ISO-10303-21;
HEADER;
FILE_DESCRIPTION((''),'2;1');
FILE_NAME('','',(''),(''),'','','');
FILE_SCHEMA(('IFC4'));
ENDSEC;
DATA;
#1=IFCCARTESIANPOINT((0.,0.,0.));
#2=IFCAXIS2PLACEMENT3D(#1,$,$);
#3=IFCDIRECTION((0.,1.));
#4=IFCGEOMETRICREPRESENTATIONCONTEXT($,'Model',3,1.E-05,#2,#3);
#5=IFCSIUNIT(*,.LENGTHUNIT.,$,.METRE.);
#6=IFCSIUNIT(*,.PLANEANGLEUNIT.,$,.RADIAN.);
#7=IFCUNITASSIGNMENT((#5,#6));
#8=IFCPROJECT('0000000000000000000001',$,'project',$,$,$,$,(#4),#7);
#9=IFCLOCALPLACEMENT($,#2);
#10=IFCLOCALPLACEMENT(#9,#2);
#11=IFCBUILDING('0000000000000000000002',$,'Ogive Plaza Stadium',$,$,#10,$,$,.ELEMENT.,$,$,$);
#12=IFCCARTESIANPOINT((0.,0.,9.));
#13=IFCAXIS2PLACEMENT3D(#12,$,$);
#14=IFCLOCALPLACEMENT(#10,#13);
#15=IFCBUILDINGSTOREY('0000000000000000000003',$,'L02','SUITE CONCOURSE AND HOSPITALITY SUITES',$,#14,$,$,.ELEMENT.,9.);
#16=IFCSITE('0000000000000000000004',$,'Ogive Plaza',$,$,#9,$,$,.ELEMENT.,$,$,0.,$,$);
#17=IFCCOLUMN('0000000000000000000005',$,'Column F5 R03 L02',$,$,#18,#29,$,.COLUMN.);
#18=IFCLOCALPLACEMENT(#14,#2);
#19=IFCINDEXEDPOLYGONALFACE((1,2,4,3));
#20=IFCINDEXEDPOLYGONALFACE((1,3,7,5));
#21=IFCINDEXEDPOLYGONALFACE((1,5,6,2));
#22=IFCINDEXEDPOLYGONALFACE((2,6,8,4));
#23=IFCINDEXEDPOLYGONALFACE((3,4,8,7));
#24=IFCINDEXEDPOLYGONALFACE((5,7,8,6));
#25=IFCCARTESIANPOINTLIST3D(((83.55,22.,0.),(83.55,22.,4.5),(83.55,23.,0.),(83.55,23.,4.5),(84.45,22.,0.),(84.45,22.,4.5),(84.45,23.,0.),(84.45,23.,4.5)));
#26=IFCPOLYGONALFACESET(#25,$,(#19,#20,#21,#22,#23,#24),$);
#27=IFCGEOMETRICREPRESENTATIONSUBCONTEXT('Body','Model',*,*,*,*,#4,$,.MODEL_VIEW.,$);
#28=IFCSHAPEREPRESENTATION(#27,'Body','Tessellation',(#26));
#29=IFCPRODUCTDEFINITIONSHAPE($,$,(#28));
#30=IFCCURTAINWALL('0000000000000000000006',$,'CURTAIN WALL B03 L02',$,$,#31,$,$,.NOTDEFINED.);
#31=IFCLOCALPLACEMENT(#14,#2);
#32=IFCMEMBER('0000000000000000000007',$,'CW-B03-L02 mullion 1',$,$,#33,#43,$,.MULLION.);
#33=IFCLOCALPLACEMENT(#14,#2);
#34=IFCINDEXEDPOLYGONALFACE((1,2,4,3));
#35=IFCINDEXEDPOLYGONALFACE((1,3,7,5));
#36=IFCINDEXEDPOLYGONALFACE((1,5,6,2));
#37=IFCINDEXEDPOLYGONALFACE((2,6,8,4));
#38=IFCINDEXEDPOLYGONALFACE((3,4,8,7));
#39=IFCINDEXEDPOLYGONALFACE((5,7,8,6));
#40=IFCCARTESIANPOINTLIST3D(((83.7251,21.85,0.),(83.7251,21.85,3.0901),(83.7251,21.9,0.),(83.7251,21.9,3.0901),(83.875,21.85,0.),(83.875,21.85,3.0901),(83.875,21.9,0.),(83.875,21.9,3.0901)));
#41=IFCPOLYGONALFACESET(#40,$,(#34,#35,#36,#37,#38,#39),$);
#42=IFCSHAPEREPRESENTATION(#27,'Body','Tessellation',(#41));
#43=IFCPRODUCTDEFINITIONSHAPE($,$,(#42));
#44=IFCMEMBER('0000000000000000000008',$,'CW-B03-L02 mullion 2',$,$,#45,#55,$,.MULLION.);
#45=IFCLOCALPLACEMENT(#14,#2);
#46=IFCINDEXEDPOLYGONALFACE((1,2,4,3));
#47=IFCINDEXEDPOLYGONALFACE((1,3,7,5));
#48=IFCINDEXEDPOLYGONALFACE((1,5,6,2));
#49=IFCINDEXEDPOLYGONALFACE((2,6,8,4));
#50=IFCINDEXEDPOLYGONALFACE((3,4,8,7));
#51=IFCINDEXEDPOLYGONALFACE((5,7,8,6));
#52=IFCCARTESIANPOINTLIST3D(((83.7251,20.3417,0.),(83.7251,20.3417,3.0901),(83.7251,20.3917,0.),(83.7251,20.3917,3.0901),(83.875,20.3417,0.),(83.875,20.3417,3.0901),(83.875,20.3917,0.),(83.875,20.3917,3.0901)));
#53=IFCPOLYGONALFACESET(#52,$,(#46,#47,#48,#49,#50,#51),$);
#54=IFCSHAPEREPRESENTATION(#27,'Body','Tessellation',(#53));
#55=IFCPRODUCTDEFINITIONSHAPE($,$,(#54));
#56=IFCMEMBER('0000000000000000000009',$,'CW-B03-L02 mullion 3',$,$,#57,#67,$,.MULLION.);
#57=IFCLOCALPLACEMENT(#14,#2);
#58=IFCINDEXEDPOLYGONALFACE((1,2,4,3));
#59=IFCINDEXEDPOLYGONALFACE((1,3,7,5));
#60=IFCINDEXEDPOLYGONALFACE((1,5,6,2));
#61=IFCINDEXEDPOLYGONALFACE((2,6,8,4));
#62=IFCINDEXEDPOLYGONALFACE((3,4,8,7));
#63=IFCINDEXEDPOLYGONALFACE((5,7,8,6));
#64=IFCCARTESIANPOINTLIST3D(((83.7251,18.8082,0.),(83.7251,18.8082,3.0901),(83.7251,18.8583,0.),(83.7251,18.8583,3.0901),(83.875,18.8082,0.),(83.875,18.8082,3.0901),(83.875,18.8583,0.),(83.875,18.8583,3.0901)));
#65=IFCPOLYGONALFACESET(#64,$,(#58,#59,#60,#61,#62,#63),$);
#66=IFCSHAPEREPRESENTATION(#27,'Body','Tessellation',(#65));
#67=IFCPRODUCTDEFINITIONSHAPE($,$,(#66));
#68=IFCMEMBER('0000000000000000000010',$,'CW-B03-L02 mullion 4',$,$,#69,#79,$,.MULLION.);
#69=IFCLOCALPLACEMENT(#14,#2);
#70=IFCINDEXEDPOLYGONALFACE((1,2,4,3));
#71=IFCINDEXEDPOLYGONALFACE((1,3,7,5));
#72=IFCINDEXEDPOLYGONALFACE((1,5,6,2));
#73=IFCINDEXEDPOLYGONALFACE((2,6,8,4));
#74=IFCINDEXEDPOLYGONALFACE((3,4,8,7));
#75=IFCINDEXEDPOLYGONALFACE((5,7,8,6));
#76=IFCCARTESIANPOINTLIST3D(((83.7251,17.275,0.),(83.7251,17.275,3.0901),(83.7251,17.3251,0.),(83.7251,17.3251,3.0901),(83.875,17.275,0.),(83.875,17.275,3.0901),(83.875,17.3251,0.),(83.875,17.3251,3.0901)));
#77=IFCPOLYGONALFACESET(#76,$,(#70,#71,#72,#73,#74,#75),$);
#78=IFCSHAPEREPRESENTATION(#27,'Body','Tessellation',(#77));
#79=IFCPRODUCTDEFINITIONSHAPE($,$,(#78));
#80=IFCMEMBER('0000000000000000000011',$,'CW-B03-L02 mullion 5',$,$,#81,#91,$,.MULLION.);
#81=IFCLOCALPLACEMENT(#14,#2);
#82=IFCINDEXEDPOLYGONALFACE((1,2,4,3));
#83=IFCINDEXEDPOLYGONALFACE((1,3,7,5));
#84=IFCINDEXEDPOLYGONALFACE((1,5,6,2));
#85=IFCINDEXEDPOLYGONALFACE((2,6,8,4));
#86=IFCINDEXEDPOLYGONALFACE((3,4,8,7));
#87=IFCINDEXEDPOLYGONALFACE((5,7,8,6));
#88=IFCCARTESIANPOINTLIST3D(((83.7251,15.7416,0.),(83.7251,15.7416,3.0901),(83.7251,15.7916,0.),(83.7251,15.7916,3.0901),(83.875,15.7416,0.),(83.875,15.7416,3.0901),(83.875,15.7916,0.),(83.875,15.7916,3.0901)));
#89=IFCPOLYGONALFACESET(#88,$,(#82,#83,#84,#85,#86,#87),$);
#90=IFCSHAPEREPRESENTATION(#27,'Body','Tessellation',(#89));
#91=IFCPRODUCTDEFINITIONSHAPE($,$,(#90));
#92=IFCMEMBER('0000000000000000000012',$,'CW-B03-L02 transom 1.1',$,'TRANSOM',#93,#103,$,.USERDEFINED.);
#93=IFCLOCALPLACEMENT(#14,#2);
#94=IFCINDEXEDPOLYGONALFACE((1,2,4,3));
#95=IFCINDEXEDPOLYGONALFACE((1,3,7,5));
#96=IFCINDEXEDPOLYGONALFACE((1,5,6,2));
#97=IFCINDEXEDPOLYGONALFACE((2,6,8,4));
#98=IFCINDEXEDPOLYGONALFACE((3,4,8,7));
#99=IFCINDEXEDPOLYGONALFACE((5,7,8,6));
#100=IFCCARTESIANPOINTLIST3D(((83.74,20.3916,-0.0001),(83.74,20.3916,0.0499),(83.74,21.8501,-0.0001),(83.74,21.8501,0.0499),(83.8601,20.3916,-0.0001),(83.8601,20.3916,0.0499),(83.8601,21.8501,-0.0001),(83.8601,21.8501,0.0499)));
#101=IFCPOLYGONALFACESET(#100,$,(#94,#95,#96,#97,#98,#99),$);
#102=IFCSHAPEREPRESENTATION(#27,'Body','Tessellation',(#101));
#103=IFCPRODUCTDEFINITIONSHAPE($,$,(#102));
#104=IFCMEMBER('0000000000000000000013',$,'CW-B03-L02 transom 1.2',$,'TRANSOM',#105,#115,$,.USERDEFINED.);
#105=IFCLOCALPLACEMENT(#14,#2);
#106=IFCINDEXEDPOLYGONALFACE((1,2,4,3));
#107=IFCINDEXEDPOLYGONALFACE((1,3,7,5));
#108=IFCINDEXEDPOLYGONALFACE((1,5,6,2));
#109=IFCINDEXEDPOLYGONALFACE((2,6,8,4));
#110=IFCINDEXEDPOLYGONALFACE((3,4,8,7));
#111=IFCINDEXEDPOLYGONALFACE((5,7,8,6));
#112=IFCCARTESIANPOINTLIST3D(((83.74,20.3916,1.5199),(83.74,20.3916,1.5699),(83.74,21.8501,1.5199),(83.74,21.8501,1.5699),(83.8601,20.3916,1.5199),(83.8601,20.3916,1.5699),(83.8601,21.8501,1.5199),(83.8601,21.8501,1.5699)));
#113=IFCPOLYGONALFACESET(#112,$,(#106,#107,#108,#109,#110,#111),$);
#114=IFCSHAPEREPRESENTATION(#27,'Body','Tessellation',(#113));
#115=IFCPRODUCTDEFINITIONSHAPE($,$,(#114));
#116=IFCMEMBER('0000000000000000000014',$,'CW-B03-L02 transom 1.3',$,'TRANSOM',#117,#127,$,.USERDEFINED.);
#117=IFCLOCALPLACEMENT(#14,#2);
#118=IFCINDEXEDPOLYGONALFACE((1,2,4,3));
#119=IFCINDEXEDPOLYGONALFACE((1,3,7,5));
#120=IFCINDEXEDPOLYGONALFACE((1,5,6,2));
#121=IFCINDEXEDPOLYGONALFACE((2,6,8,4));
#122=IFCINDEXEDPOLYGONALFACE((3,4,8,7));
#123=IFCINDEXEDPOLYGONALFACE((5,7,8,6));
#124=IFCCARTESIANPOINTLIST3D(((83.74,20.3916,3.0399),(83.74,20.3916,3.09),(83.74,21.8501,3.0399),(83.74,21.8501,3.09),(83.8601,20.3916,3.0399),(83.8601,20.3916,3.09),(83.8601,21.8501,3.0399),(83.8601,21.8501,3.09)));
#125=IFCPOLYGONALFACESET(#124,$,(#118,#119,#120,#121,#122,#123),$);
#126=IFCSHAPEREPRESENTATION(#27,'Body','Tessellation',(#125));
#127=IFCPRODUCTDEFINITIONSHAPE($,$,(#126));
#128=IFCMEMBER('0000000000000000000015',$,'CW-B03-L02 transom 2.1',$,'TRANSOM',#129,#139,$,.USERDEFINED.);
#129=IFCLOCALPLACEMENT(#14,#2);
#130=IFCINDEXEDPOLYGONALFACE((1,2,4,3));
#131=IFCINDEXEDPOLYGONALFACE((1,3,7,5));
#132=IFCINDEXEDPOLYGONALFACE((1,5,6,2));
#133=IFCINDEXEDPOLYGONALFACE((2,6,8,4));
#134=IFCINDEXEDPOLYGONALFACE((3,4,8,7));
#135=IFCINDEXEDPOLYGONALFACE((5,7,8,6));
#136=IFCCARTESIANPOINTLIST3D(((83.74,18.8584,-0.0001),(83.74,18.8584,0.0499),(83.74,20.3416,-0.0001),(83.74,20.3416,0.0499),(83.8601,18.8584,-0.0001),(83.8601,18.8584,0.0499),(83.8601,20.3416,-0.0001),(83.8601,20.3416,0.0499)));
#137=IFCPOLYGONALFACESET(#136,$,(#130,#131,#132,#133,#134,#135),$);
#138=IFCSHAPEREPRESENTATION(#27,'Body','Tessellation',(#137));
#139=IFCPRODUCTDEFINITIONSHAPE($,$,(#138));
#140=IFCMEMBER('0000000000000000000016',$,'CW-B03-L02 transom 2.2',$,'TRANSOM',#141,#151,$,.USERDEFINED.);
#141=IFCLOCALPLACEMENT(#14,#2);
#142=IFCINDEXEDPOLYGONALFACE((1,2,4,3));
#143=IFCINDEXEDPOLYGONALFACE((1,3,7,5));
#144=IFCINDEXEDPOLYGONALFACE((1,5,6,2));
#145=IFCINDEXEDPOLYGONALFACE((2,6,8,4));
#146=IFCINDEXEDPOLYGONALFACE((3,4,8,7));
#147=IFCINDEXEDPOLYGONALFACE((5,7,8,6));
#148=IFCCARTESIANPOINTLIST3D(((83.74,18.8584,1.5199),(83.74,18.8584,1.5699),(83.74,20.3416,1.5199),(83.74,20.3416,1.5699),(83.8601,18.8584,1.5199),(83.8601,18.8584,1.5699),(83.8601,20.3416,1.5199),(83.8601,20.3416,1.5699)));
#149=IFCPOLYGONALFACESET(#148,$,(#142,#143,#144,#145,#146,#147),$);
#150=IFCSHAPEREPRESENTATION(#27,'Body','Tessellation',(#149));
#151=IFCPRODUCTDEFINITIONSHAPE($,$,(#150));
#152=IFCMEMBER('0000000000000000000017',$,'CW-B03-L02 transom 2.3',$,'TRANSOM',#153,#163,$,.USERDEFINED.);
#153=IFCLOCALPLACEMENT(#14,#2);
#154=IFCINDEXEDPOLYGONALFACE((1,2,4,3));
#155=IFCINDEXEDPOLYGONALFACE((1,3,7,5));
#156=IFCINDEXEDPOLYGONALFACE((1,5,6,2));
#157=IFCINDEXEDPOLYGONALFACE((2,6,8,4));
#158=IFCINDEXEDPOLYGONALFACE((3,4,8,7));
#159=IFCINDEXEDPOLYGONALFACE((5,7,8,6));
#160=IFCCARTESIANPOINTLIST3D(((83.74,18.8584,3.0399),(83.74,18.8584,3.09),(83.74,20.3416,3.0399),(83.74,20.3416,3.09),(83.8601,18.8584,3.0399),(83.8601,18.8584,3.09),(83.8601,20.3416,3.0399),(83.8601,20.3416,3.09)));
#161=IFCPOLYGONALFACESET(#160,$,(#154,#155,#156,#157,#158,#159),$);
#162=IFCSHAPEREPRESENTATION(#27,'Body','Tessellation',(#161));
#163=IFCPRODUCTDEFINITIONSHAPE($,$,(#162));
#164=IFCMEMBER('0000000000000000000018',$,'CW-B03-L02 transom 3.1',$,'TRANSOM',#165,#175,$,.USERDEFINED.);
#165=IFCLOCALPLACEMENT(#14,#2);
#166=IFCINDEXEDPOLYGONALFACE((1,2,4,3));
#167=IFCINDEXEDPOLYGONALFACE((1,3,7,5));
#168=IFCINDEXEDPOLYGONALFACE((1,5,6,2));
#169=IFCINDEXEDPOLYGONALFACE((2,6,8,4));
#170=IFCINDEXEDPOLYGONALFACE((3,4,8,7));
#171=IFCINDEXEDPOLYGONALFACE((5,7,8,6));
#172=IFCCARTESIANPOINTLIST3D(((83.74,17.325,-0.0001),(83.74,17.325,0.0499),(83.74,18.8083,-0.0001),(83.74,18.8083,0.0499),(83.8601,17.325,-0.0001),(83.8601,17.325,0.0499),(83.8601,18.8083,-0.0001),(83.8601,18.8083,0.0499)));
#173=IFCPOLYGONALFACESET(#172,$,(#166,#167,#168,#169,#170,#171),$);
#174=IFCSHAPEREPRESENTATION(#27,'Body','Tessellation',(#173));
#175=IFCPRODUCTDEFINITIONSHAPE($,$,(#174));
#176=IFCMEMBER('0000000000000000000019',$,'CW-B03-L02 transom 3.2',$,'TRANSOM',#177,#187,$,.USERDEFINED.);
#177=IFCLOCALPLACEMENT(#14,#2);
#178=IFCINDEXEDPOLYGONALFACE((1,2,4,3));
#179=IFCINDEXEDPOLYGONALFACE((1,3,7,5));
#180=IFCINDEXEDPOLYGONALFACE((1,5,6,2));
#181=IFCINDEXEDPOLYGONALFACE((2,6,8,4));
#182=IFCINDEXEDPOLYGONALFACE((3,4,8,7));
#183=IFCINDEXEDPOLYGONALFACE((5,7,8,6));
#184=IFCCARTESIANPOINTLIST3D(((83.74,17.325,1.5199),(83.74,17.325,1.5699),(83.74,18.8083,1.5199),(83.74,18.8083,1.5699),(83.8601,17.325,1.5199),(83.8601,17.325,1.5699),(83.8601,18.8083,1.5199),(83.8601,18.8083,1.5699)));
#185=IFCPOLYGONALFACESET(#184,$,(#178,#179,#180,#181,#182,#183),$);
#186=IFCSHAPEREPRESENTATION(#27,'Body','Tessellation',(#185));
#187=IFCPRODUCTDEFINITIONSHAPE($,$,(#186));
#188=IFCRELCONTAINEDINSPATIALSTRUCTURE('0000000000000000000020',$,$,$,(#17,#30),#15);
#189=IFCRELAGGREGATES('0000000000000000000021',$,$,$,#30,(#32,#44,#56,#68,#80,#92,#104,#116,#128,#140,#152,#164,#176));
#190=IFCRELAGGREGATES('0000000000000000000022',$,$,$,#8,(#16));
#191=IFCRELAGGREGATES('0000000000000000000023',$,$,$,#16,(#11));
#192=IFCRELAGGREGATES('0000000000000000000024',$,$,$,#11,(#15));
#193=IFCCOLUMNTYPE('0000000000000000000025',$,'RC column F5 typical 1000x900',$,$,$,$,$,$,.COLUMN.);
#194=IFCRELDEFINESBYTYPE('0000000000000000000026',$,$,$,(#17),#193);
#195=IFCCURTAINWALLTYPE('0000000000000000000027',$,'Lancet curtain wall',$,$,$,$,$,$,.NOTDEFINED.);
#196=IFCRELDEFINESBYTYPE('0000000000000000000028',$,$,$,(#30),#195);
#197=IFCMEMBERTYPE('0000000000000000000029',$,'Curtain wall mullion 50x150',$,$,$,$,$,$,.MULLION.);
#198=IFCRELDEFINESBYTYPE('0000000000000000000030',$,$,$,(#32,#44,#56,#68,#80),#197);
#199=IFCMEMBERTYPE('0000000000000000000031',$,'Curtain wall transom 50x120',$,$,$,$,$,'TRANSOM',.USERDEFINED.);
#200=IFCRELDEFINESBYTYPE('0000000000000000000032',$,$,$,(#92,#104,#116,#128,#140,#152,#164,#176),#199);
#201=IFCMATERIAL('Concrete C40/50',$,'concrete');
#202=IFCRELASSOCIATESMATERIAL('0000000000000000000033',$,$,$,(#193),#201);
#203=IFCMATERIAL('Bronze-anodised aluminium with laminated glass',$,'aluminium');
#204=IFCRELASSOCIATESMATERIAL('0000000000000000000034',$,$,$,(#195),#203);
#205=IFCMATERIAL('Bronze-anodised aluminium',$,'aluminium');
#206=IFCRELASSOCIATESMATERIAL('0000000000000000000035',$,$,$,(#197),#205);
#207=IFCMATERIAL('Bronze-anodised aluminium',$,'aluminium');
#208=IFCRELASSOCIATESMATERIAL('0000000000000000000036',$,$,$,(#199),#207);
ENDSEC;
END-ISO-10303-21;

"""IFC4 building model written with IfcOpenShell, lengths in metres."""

from ifc_helpers import new_model, si_unit, direction, frame, origin, origin_2d, place, context, subcontext, project, spatial, rectangle, extrude, material, material_profile, profile_set, type_object, element, aggregate, save


model = new_model("IFC4")

# Units and contexts
model_context = context("Model", 3, precision=1e-05, world=origin(), true_north=direction((0.0, 1.0)))
body_context = subcontext(model_context, "Body", "Model", "MODEL_VIEW")
ifc_project = project(units=[si_unit("LENGTHUNIT", "METRE"), si_unit("PLANEANGLEUNIT", "RADIAN")], contexts=[model_context])

# Site, building, storey
site_placement = place(None, origin())
site = spatial("IfcSite", under=ifc_project, at=site_placement, Name="Ogive Plaza", CompositionType="ELEMENT", RefElevation=0.0)
building_placement = place(site_placement, origin())
building = spatial("IfcBuilding", under=site, at=building_placement, Name="Ogive Plaza Stadium", CompositionType="ELEMENT")
storey_placement = place(building_placement, frame((0.0, 0.0, 9.0)))
storey = spatial("IfcBuildingStorey", under=building, at=storey_placement, Name="L02", Description="SUITE CONCOURSE AND HOSPITALITY SUITES", CompositionType="ELEMENT", Elevation=9.0)

# Column
ifc_material_1 = material(Name="Concrete C40/50", Category="concrete")
ifc_material_profile_1 = material_profile(ifc_material_1, rectangle(XDim=1.0, YDim=0.8999, at=origin_2d()), Name="RC 1000x900")
ifc_profile_set_1 = profile_set([ifc_material_profile_1], Name="Concrete C40/50")
column_type = type_object("IfcColumnType", Name="RC column F5 typical 1000x900", PredefinedType="COLUMN", material=ifc_profile_set_1)
column_placement = place(storey_placement, frame((84.0, 22.5, 0.0), z_axis=(0.0, 0.0, 1.0), x_axis=(0.0, 1.0, 0.0)))
element("IfcColumn", 1, at=column_placement, inside=storey, type_object=column_type, Name="Column F5 R03 L02", PredefinedType="COLUMN", context=body_context, shape_type="SweptSolid", body=[
    extrude(rectangle(XDim=1.0, YDim=0.8999, at=origin_2d()), origin(), (0.0, 0.0, 1.0), 4.5),
])

# Curtain wall, members
ifc_material_2 = material(Name="Bronze-anodised aluminium with laminated glass", Category="aluminium")
curtain_wall_type = type_object("IfcCurtainWallType", Name="Lancet curtain wall", PredefinedType="NOTDEFINED", material=ifc_material_2)
curtain_wall_placement = place(storey_placement, origin())
curtain_wall = element("IfcCurtainWall", 2, at=curtain_wall_placement, inside=storey, type_object=curtain_wall_type, Name="CURTAIN WALL B03 L02", PredefinedType="NOTDEFINED")
ifc_material_3 = material(Name="Bronze-anodised aluminium", Category="aluminium")
ifc_material_profile_2 = material_profile(ifc_material_3, rectangle(XDim=0.1499, YDim=0.05, at=origin_2d()), Name="AL 150x50")
ifc_profile_set_2 = profile_set([ifc_material_profile_2], Name="Bronze-anodised aluminium")
member_type_1 = type_object("IfcMemberType", Name="Curtain wall mullion 50x150", PredefinedType="MULLION", material=ifc_profile_set_2)
member_1_placement = place(storey_placement, frame((83.8, 21.875, 0.0), z_axis=(0.0, 0.0, 1.0), x_axis=(1.0, 0.0, 0.0)))
member_1 = element("IfcMember", 3, at=member_1_placement, type_object=member_type_1, Name="CW-B03-L02 mullion 1", PredefinedType="MULLION", context=body_context, shape_type="SweptSolid", body=[
    extrude(rectangle(XDim=0.1499, YDim=0.05, at=origin_2d()), origin(), (0.0, 0.0, 1.0), 3.0901),
])
member_2_placement = place(storey_placement, frame((83.8, 20.3667, 0.0), z_axis=(0.0, 0.0, 1.0), x_axis=(1.0, 0.0, 0.0)))
member_2 = element("IfcMember", 4, at=member_2_placement, type_object=member_type_1, Name="CW-B03-L02 mullion 2", PredefinedType="MULLION", context=body_context, shape_type="SweptSolid", body=[
    extrude(rectangle(XDim=0.1499, YDim=0.05, at=origin_2d()), origin(), (0.0, 0.0, 1.0), 3.0901),
])
member_3_placement = place(storey_placement, frame((83.8, 18.8333, 0.0), z_axis=(0.0, 0.0, 1.0), x_axis=(1.0, 0.0, 0.0)))
member_3 = element("IfcMember", 5, at=member_3_placement, type_object=member_type_1, Name="CW-B03-L02 mullion 3", PredefinedType="MULLION", context=body_context, shape_type="SweptSolid", body=[
    extrude(rectangle(XDim=0.1499, YDim=0.05, at=origin_2d()), origin(), (0.0, 0.0, 1.0), 3.0901),
])
member_4_placement = place(storey_placement, frame((83.8, 17.3, 0.0), z_axis=(0.0, 0.0, 1.0), x_axis=(1.0, 0.0, 0.0)))
member_4 = element("IfcMember", 6, at=member_4_placement, type_object=member_type_1, Name="CW-B03-L02 mullion 4", PredefinedType="MULLION", context=body_context, shape_type="SweptSolid", body=[
    extrude(rectangle(XDim=0.1499, YDim=0.05, at=origin_2d()), origin(), (0.0, 0.0, 1.0), 3.0901),
])
member_5_placement = place(storey_placement, frame((83.8, 15.7666, 0.0), z_axis=(0.0, 0.0, 1.0), x_axis=(1.0, 0.0, 0.0)))
member_5 = element("IfcMember", 7, at=member_5_placement, type_object=member_type_1, Name="CW-B03-L02 mullion 5", PredefinedType="MULLION", context=body_context, shape_type="SweptSolid", body=[
    extrude(rectangle(XDim=0.1499, YDim=0.05, at=origin_2d()), origin(), (0.0, 0.0, 1.0), 3.0901),
])
ifc_material_4 = material(Name="Bronze-anodised aluminium", Category="aluminium")
ifc_material_profile_3 = material_profile(ifc_material_4, rectangle(XDim=0.1201, YDim=0.05, at=origin_2d()), Name="AL 120x50")
ifc_profile_set_3 = profile_set([ifc_material_profile_3], Name="Bronze-anodised aluminium")
member_type_2 = type_object("IfcMemberType", Name="Curtain wall transom 50x120", ElementType="TRANSOM", PredefinedType="USERDEFINED", material=ifc_profile_set_3)
member_6_placement = place(storey_placement, frame((83.8, 21.8501, 0.0249), z_axis=(0.0, -1.0, 0.0), x_axis=(1.0, 0.0, 0.0)))
member_6 = element("IfcMember", 8, at=member_6_placement, type_object=member_type_2, Name="CW-B03-L02 transom 1.1", ObjectType="TRANSOM", PredefinedType="USERDEFINED", context=body_context, shape_type="SweptSolid", body=[
    extrude(rectangle(XDim=0.1201, YDim=0.05, at=origin_2d()), origin(), (0.0, 0.0, 1.0), 1.4585),
])
member_7_placement = place(storey_placement, frame((83.8, 21.8501, 1.5449), z_axis=(0.0, -1.0, 0.0), x_axis=(1.0, 0.0, 0.0)))
member_7 = element("IfcMember", 9, at=member_7_placement, type_object=member_type_2, Name="CW-B03-L02 transom 1.2", ObjectType="TRANSOM", PredefinedType="USERDEFINED", context=body_context, shape_type="SweptSolid", body=[
    extrude(rectangle(XDim=0.1201, YDim=0.05, at=origin_2d()), origin(), (0.0, 0.0, 1.0), 1.4585),
])
member_8_placement = place(storey_placement, frame((83.8, 21.8501, 3.0649), z_axis=(0.0, -1.0, 0.0), x_axis=(1.0, 0.0, 0.0)))
member_8 = element("IfcMember", 10, at=member_8_placement, type_object=member_type_2, Name="CW-B03-L02 transom 1.3", ObjectType="TRANSOM", PredefinedType="USERDEFINED", context=body_context, shape_type="SweptSolid", body=[
    extrude(rectangle(XDim=0.1201, YDim=0.05, at=origin_2d()), origin(), (0.0, 0.0, 1.0), 1.4585),
])
member_9_placement = place(storey_placement, frame((83.8, 20.3416, 0.0249), z_axis=(0.0, -1.0, 0.0), x_axis=(1.0, 0.0, 0.0)))
member_9 = element("IfcMember", 11, at=member_9_placement, type_object=member_type_2, Name="CW-B03-L02 transom 2.1", ObjectType="TRANSOM", PredefinedType="USERDEFINED", context=body_context, shape_type="SweptSolid", body=[
    extrude(rectangle(XDim=0.1201, YDim=0.05, at=origin_2d()), origin(), (0.0, 0.0, 1.0), 1.4832),
])
member_10_placement = place(storey_placement, frame((83.8, 20.3416, 1.5449), z_axis=(0.0, -1.0, 0.0), x_axis=(1.0, 0.0, 0.0)))
member_10 = element("IfcMember", 12, at=member_10_placement, type_object=member_type_2, Name="CW-B03-L02 transom 2.2", ObjectType="TRANSOM", PredefinedType="USERDEFINED", context=body_context, shape_type="SweptSolid", body=[
    extrude(rectangle(XDim=0.1201, YDim=0.05, at=origin_2d()), origin(), (0.0, 0.0, 1.0), 1.4832),
])
member_11_placement = place(storey_placement, frame((83.8, 20.3416, 3.0649), z_axis=(0.0, -1.0, 0.0), x_axis=(1.0, 0.0, 0.0)))
member_11 = element("IfcMember", 13, at=member_11_placement, type_object=member_type_2, Name="CW-B03-L02 transom 2.3", ObjectType="TRANSOM", PredefinedType="USERDEFINED", context=body_context, shape_type="SweptSolid", body=[
    extrude(rectangle(XDim=0.1201, YDim=0.05, at=origin_2d()), origin(), (0.0, 0.0, 1.0), 1.4832),
])
member_12_placement = place(storey_placement, frame((83.8, 18.8083, 0.0249), z_axis=(0.0, -1.0, 0.0), x_axis=(1.0, 0.0, 0.0)))
member_12 = element("IfcMember", 14, at=member_12_placement, type_object=member_type_2, Name="CW-B03-L02 transom 3.1", ObjectType="TRANSOM", PredefinedType="USERDEFINED", context=body_context, shape_type="SweptSolid", body=[
    extrude(rectangle(XDim=0.1201, YDim=0.05, at=origin_2d()), origin(), (0.0, 0.0, 1.0), 1.4834),
])
member_13_placement = place(storey_placement, frame((83.8, 18.8083, 1.5449), z_axis=(0.0, -1.0, 0.0), x_axis=(1.0, 0.0, 0.0)))
member_13 = element("IfcMember", 15, at=member_13_placement, type_object=member_type_2, Name="CW-B03-L02 transom 3.2", ObjectType="TRANSOM", PredefinedType="USERDEFINED", context=body_context, shape_type="SweptSolid", body=[
    extrude(rectangle(XDim=0.1201, YDim=0.05, at=origin_2d()), origin(), (0.0, 0.0, 1.0), 1.4834),
])

aggregate(curtain_wall, [member_1, member_2, member_3, member_4, member_5, member_6, member_7, member_8, member_9, member_10, member_11, member_12, member_13])

save(model, "model.ifc")
